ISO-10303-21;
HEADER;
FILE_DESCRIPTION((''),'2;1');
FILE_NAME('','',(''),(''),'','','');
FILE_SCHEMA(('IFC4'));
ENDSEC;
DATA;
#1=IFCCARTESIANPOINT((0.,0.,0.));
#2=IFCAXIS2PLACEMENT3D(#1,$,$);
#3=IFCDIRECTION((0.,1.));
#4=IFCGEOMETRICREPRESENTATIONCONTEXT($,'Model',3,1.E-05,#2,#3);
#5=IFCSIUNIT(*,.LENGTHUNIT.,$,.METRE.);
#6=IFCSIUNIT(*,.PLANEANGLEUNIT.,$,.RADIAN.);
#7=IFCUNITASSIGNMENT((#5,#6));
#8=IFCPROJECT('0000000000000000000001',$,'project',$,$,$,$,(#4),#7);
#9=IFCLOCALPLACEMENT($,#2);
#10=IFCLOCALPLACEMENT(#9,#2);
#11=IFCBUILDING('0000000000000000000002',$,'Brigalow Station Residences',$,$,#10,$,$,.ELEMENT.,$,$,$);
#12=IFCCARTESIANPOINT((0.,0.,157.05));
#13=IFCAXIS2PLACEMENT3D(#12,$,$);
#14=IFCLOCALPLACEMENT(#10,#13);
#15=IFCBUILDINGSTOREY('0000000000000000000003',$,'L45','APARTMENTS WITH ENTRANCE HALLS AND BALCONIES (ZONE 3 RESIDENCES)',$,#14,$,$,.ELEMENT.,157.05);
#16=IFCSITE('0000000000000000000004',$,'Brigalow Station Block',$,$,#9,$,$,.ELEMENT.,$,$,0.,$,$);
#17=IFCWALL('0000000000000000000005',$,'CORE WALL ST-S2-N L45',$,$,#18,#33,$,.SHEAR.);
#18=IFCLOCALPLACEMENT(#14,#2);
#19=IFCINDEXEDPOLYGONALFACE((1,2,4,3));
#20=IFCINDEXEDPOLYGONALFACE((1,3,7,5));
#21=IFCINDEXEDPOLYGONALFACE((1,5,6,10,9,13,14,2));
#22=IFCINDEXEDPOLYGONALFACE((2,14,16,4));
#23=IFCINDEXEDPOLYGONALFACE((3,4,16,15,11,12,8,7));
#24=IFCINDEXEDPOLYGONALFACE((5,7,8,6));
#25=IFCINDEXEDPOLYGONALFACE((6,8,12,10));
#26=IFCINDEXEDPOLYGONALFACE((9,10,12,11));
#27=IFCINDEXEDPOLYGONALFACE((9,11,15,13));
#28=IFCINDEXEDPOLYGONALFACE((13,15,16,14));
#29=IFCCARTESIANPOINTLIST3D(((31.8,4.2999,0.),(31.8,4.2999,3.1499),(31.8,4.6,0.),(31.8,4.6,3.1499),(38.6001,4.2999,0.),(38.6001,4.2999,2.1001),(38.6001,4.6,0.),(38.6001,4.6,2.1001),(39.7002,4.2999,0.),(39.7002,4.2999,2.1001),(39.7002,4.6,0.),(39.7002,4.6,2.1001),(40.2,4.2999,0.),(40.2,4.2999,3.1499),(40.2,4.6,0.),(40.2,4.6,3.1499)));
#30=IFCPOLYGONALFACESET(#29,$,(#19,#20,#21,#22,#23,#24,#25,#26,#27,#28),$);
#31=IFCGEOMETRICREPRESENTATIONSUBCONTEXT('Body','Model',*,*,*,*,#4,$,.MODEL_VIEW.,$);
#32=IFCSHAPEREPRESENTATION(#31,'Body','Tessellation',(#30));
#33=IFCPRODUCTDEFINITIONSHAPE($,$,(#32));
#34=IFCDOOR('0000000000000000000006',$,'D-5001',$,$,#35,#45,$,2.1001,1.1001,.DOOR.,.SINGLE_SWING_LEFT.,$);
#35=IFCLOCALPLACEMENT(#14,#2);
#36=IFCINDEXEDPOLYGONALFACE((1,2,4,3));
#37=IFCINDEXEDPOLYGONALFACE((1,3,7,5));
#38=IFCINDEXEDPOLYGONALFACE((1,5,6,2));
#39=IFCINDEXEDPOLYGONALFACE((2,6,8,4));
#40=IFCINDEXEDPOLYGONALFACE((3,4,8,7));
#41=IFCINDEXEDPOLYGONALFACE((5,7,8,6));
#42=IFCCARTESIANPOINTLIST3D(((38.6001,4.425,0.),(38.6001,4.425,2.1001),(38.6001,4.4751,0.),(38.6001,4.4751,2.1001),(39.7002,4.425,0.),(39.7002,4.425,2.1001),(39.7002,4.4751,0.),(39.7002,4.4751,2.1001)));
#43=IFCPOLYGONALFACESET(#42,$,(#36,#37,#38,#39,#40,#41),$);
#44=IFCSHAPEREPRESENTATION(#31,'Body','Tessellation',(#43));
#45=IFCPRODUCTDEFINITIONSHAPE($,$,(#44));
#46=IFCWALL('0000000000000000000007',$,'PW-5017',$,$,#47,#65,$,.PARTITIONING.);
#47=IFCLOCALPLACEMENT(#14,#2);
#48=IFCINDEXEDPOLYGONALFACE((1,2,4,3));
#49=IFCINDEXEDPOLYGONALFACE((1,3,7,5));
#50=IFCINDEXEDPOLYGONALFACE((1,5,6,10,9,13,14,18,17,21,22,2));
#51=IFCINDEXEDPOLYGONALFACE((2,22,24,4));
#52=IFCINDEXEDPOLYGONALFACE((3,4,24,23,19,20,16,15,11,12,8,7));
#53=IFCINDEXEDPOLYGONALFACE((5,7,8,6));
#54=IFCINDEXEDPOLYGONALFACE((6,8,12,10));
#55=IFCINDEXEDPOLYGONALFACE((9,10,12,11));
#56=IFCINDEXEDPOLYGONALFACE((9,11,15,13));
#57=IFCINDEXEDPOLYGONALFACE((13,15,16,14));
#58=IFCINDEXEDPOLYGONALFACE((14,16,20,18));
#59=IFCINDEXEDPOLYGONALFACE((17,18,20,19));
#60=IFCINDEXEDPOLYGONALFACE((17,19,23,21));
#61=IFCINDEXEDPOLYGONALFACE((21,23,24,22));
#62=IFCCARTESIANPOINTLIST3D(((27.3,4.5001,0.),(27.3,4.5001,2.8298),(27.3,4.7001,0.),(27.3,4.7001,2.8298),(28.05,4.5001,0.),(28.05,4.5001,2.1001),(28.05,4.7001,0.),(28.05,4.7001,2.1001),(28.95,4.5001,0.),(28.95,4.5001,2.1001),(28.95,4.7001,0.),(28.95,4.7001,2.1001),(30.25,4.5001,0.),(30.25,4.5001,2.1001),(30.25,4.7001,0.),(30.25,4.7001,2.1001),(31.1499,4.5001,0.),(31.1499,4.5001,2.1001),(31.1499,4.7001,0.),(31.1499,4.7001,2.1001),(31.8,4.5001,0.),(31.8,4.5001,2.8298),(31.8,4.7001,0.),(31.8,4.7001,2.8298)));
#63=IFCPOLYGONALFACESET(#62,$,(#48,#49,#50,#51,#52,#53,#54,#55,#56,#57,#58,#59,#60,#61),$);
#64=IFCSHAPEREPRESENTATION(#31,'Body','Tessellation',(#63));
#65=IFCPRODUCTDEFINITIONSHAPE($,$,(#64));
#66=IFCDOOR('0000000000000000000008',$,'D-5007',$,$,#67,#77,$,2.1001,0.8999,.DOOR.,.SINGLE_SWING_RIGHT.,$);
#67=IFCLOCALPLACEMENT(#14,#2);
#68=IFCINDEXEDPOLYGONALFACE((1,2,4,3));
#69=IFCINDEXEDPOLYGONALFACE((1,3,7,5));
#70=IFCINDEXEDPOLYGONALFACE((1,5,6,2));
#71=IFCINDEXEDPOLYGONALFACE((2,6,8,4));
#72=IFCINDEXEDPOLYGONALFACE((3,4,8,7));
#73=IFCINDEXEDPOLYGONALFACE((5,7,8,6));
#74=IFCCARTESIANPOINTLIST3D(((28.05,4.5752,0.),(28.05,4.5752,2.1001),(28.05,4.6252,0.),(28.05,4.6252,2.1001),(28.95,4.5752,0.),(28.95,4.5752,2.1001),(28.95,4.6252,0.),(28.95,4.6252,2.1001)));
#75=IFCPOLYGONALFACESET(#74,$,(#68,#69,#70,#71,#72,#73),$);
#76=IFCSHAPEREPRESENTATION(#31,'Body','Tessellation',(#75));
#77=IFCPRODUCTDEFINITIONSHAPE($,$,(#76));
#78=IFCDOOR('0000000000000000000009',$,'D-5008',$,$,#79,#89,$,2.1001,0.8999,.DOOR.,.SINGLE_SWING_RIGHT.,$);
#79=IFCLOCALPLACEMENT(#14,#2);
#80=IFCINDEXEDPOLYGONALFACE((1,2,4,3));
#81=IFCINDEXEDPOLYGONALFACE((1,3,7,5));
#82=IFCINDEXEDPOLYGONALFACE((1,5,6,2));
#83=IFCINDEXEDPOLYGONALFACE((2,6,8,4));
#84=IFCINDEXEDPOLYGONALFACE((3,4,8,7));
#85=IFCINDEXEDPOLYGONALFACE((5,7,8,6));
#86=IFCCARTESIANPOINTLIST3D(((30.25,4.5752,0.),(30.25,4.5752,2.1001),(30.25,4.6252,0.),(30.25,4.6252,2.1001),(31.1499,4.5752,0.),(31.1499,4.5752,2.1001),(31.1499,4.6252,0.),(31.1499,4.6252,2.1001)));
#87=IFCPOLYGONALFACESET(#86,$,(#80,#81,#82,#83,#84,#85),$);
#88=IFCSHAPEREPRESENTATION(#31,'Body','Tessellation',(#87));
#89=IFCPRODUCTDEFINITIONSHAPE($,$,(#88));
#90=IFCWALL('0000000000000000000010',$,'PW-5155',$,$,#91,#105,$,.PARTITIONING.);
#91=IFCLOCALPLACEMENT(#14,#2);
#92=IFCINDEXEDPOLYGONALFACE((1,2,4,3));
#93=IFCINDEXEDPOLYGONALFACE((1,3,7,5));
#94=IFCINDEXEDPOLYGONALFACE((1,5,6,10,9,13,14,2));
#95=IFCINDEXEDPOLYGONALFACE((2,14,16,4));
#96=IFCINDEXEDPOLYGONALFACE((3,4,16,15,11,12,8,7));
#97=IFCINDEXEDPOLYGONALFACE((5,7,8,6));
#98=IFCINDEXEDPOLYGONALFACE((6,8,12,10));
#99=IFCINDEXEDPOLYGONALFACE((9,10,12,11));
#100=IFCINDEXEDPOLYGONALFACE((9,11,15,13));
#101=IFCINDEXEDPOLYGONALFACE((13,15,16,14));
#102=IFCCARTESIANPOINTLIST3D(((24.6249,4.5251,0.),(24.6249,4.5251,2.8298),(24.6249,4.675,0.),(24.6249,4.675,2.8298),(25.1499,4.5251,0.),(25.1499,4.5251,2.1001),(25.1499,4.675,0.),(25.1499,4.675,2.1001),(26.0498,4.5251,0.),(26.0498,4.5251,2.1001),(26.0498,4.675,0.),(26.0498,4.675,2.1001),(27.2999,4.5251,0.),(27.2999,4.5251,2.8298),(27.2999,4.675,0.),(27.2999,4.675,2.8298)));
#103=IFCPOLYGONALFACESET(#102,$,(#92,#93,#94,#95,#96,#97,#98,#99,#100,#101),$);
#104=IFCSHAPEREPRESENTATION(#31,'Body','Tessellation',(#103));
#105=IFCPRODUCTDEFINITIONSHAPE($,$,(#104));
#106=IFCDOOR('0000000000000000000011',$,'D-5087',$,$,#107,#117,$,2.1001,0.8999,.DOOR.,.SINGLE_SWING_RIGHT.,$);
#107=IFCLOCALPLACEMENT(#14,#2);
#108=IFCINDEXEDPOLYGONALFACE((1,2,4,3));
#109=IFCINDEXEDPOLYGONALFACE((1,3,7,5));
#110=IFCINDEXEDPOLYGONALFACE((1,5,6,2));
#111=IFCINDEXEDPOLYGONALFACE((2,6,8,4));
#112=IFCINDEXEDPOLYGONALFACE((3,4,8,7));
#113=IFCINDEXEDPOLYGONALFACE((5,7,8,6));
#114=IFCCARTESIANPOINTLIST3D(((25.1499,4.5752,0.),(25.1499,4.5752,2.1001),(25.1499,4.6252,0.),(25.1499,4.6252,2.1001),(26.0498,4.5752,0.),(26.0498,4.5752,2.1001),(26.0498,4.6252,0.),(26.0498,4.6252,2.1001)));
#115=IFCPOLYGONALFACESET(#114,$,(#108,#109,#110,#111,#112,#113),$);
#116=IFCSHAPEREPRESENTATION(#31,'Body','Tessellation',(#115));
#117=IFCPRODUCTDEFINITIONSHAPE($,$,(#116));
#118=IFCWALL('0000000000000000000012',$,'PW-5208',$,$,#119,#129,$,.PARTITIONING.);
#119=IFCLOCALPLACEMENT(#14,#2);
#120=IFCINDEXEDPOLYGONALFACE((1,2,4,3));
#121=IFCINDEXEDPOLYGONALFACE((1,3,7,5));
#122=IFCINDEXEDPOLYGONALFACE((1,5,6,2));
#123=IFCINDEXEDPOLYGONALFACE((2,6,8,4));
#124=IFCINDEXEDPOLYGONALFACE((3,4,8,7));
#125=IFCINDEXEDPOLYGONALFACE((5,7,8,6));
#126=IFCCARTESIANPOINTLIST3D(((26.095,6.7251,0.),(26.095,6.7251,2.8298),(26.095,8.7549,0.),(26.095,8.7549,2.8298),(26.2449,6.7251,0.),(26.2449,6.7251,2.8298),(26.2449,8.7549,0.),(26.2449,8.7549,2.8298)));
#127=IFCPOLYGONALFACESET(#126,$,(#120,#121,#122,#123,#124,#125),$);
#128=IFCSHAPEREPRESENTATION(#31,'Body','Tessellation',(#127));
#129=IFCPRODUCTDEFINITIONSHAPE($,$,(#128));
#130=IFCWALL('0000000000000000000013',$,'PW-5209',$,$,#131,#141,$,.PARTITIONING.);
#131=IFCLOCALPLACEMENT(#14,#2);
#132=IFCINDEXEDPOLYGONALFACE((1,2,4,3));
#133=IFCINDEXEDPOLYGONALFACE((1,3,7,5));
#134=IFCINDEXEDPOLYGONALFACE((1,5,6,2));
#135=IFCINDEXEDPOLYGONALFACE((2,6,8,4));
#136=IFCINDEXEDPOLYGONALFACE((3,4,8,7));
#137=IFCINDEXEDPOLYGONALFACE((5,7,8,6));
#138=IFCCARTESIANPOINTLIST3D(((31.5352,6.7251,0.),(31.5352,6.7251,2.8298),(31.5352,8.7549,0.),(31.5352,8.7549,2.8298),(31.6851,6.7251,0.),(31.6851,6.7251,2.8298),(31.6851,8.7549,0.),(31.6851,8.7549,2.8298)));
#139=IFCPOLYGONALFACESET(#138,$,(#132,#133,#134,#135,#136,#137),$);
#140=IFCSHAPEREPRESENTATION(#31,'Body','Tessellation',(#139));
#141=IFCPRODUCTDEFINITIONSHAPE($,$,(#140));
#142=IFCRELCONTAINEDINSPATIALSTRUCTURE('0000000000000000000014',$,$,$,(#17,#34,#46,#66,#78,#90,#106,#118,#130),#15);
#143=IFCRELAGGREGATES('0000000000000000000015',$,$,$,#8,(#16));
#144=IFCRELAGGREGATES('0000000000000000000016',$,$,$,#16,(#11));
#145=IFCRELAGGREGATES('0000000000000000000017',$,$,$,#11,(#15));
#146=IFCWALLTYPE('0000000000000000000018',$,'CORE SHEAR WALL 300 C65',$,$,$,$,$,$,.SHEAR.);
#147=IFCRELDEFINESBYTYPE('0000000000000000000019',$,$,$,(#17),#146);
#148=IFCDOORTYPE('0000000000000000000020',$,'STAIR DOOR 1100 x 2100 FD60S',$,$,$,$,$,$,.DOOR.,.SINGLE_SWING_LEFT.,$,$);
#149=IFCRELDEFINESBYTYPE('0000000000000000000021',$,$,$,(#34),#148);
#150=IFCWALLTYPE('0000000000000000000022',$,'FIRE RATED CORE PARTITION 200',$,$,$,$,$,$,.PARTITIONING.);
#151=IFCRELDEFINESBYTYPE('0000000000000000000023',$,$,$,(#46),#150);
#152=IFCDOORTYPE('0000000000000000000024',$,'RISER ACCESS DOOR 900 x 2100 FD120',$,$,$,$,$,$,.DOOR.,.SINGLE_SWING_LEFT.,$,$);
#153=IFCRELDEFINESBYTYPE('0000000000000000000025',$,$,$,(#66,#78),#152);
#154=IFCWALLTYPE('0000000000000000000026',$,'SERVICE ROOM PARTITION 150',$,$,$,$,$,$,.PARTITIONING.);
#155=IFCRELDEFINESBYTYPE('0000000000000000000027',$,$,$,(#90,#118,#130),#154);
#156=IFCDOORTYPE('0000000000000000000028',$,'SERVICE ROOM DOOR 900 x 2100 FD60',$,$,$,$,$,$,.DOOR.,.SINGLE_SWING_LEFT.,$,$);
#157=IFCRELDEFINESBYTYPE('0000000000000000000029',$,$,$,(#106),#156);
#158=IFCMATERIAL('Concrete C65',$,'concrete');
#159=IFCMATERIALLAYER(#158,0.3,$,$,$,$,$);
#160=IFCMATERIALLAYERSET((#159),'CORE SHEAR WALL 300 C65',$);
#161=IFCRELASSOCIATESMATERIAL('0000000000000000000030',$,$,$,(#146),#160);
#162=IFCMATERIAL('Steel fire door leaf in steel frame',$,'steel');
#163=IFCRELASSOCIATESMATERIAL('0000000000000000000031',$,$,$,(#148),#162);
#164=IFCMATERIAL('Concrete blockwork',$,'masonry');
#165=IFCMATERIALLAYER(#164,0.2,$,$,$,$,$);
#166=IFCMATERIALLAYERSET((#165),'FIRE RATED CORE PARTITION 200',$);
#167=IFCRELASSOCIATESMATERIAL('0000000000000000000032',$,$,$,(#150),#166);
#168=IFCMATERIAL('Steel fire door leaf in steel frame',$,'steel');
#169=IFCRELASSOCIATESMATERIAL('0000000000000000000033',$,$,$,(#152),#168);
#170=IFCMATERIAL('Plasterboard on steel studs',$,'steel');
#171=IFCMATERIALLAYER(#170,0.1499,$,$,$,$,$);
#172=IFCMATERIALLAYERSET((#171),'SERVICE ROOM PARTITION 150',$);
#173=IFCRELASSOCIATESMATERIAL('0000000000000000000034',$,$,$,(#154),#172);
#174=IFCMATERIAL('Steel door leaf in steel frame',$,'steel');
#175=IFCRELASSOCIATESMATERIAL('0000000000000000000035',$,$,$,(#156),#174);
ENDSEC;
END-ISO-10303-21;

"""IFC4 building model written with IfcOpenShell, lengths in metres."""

from ifc_helpers import new_model, si_unit, direction, frame, frame_2d, origin, place, context, subcontext, project, spatial, rectangle, extrude, material, layer, layer_set, type_object, element, fill, save


model = new_model("IFC4")

# Units and contexts
model_context = context("Model", 3, precision=1e-05, world=origin(), true_north=direction((0.0, 1.0)))
body_context = subcontext(model_context, "Body", "Model", "MODEL_VIEW")
ifc_project = project(units=[si_unit("LENGTHUNIT", "METRE"), si_unit("PLANEANGLEUNIT", "RADIAN")], contexts=[model_context])

# Site, building, storey
site_placement = place(None, origin())
site = spatial("IfcSite", under=ifc_project, at=site_placement, Name="Brigalow Station Block", CompositionType="ELEMENT", RefElevation=0.0)
building_placement = place(site_placement, origin())
building = spatial("IfcBuilding", under=site, at=building_placement, Name="Brigalow Station Residences", CompositionType="ELEMENT")
storey_placement = place(building_placement, frame((0.0, 0.0, 157.05)))
storey = spatial("IfcBuildingStorey", under=building, at=storey_placement, Name="L45", Description="APARTMENTS WITH ENTRANCE HALLS AND BALCONIES (ZONE 3 RESIDENCES)", CompositionType="ELEMENT", Elevation=157.05)

# Wall, opening, door
ifc_material_1 = material(Name="Concrete C65", Category="concrete")
ifc_layer_1 = layer(ifc_material_1, 0.3)
ifc_layer_set_1 = layer_set([ifc_layer_1], Name="CORE SHEAR WALL 300 C65")
wall_type_1 = type_object("IfcWallType", Name="CORE SHEAR WALL 300 C65", PredefinedType="SHEAR", material=ifc_layer_set_1)
wall_1_placement = place(storey_placement, frame((31.8, 4.45, 0.0), z_axis=(0.0, 0.0, 1.0), x_axis=(1.0, 0.0, 0.0)))
wall_1 = element("IfcWall", 1, at=wall_1_placement, inside=storey, type_object=wall_type_1, Name="CORE WALL ST-S2-N L45", PredefinedType="SHEAR", context=body_context, shape_type="SweptSolid", body=[
    extrude(rectangle(XDim=8.3999, YDim=0.3, at=frame_2d((4.2, 0.0))), origin(), (0.0, 0.0, 1.0), 3.1499),
])
opening_1_placement = place(wall_1_placement, frame((6.8, 0.0, 0.0)))
opening_1 = element("IfcOpeningElement", 2, at=opening_1_placement, cuts=wall_1, PredefinedType="OPENING", context=body_context, shape_type="SweptSolid", body=[
    extrude(rectangle(XDim=1.1001, YDim=2.1001, at=frame_2d((0.55, 1.05))), frame((0.0, 0.1602, 0.0), z_axis=(0.0, -1.0, 0.0), x_axis=(1.0, 0.0, 0.0)), (0.0, 0.0, 1.0), 0.3201),
])
ifc_material_2 = material(Name="Steel fire door leaf in steel frame", Category="steel")
door_type_1 = type_object("IfcDoorType", Name="STAIR DOOR 1100 x 2100 FD60S", OperationType="SINGLE_SWING_LEFT", PredefinedType="DOOR", material=ifc_material_2)
door_1_placement = place(opening_1_placement, frame((1.1001, 0.0, 0.0), z_axis=(0.0, 0.0, 1.0), x_axis=(-1.0, 0.0, 0.0)))
door_1 = element("IfcDoor", 3, at=door_1_placement, inside=storey, type_object=door_type_1, Name="D-5001", OperationType="SINGLE_SWING_LEFT", OverallHeight=2.1001, OverallWidth=1.1001, PredefinedType="DOOR", context=body_context, shape_type="SweptSolid", body=[
    extrude(rectangle(XDim=1.1001, YDim=2.1001, at=frame_2d((0.55, 1.05))), frame((0.0, 0.0249, 0.0), z_axis=(0.0, -1.0, 0.0), x_axis=(1.0, 0.0, 0.0)), (0.0, 0.0, 1.0), 0.05),
])
fill(opening_1, door_1)

# Wall, openings, doors
ifc_material_3 = material(Name="Concrete blockwork", Category="masonry")
ifc_layer_2 = layer(ifc_material_3, 0.2)
ifc_layer_set_2 = layer_set([ifc_layer_2], Name="FIRE RATED CORE PARTITION 200")
wall_type_2 = type_object("IfcWallType", Name="FIRE RATED CORE PARTITION 200", PredefinedType="PARTITIONING", material=ifc_layer_set_2)
wall_2_placement = place(storey_placement, frame((27.3, 4.6001, 0.0), z_axis=(0.0, 0.0, 1.0), x_axis=(1.0, 0.0, 0.0)))
wall_2 = element("IfcWall", 4, at=wall_2_placement, inside=storey, type_object=wall_type_2, Name="PW-5017", PredefinedType="PARTITIONING", context=body_context, shape_type="SweptSolid", body=[
    extrude(rectangle(XDim=4.5, YDim=0.2, at=frame_2d((2.25, 0.0))), origin(), (0.0, 0.0, 1.0), 2.8298),
])
opening_2_placement = place(wall_2_placement, frame((0.75, 0.0, 0.0)))
opening_2 = element("IfcOpeningElement", 5, at=opening_2_placement, cuts=wall_2, PredefinedType="OPENING", context=body_context, shape_type="SweptSolid", body=[
    extrude(rectangle(XDim=0.8999, YDim=2.1001, at=frame_2d((0.45, 1.05))), frame((0.0, 0.1099, 0.0), z_axis=(0.0, -1.0, 0.0), x_axis=(1.0, 0.0, 0.0)), (0.0, 0.0, 1.0), 0.22),
])
opening_3_placement = place(wall_2_placement, frame((2.95, 0.0, 0.0)))
opening_3 = element("IfcOpeningElement", 6, at=opening_3_placement, cuts=wall_2, PredefinedType="OPENING", context=body_context, shape_type="SweptSolid", body=[
    extrude(rectangle(XDim=0.8999, YDim=2.1001, at=frame_2d((0.45, 1.05))), frame((0.0, 0.1099, 0.0), z_axis=(0.0, -1.0, 0.0), x_axis=(1.0, 0.0, 0.0)), (0.0, 0.0, 1.0), 0.22),
])
ifc_material_4 = material(Name="Steel fire door leaf in steel frame", Category="steel")
door_type_2 = type_object("IfcDoorType", Name="RISER ACCESS DOOR 900 x 2100 FD120", OperationType="SINGLE_SWING_LEFT", PredefinedType="DOOR", material=ifc_material_4)
door_2_placement = place(opening_2_placement, frame((0.8999, 0.0, 0.0), z_axis=(0.0, 0.0, 1.0), x_axis=(-1.0, 0.0, 0.0)))
door_2 = element("IfcDoor", 7, at=door_2_placement, inside=storey, type_object=door_type_2, Name="D-5007", OperationType="SINGLE_SWING_RIGHT", OverallHeight=2.1001, OverallWidth=0.8999, PredefinedType="DOOR", context=body_context, shape_type="SweptSolid", body=[
    extrude(rectangle(XDim=0.8999, YDim=2.1001, at=frame_2d((0.45, 1.05))), frame((0.0, 0.0249, 0.0), z_axis=(0.0, -1.0, 0.0), x_axis=(1.0, 0.0, 0.0)), (0.0, 0.0, 1.0), 0.05),
])
fill(opening_2, door_2)
door_3_placement = place(opening_3_placement, frame((0.8999, 0.0, 0.0), z_axis=(0.0, 0.0, 1.0), x_axis=(-1.0, 0.0, 0.0)))
door_3 = element("IfcDoor", 8, at=door_3_placement, inside=storey, type_object=door_type_2, Name="D-5008", OperationType="SINGLE_SWING_RIGHT", OverallHeight=2.1001, OverallWidth=0.8999, PredefinedType="DOOR", context=body_context, shape_type="SweptSolid", body=[
    extrude(rectangle(XDim=0.8999, YDim=2.1001, at=frame_2d((0.45, 1.05))), frame((0.0, 0.0249, 0.0), z_axis=(0.0, -1.0, 0.0), x_axis=(1.0, 0.0, 0.0)), (0.0, 0.0, 1.0), 0.05),
])
fill(opening_3, door_3)

# Wall, opening, door
ifc_material_5 = material(Name="Plasterboard on steel studs", Category="steel")
ifc_layer_3 = layer(ifc_material_5, 0.1499)
ifc_layer_set_3 = layer_set([ifc_layer_3], Name="SERVICE ROOM PARTITION 150")
wall_type_3 = type_object("IfcWallType", Name="SERVICE ROOM PARTITION 150", PredefinedType="PARTITIONING", material=ifc_layer_set_3)
wall_3_placement = place(storey_placement, frame((24.625, 4.6001, 0.0), z_axis=(0.0, 0.0, 1.0), x_axis=(1.0, 0.0, 0.0)))
wall_3 = element("IfcWall", 9, at=wall_3_placement, inside=storey, type_object=wall_type_3, Name="PW-5155", PredefinedType="PARTITIONING", context=body_context, shape_type="SweptSolid", body=[
    extrude(rectangle(XDim=2.675, YDim=0.1499, at=frame_2d((1.3374, 0.0))), origin(), (0.0, 0.0, 1.0), 2.8298),
])
opening_4_placement = place(wall_3_placement, frame((0.5249, 0.0, 0.0)))
opening_4 = element("IfcOpeningElement", 10, at=opening_4_placement, cuts=wall_3, PredefinedType="OPENING", context=body_context, shape_type="SweptSolid", body=[
    extrude(rectangle(XDim=0.8999, YDim=2.1001, at=frame_2d((0.45, 1.05))), frame((0.0, 0.085, 0.0), z_axis=(0.0, -1.0, 0.0), x_axis=(1.0, 0.0, 0.0)), (0.0, 0.0, 1.0), 0.1699),
])
ifc_material_6 = material(Name="Steel door leaf in steel frame", Category="steel")
door_type_3 = type_object("IfcDoorType", Name="SERVICE ROOM DOOR 900 x 2100 FD60", OperationType="SINGLE_SWING_LEFT", PredefinedType="DOOR", material=ifc_material_6)
door_4_placement = place(opening_4_placement, frame((0.8999, 0.0, 0.0), z_axis=(0.0, 0.0, 1.0), x_axis=(-1.0, 0.0, 0.0)))
door_4 = element("IfcDoor", 11, at=door_4_placement, inside=storey, type_object=door_type_3, Name="D-5087", OperationType="SINGLE_SWING_RIGHT", OverallHeight=2.1001, OverallWidth=0.8999, PredefinedType="DOOR", context=body_context, shape_type="SweptSolid", body=[
    extrude(rectangle(XDim=0.8999, YDim=2.1001, at=frame_2d((0.45, 1.05))), frame((0.0, 0.0249, 0.0), z_axis=(0.0, -1.0, 0.0), x_axis=(1.0, 0.0, 0.0)), (0.0, 0.0, 1.0), 0.05),
])
fill(opening_4, door_4)

# Walls
for number, where, z_axis, x_axis, name in (
    (12, (26.1699, 6.7251, 0.0), (0.0, 0.0, 1.0), (0.0, 1.0, 0.0), "PW-5208"),
    (13, (31.6101, 6.7251, 0.0), (0.0, 0.0, 1.0), (0.0, 1.0, 0.0), "PW-5209"),
):
    element("IfcWall", number, at=place(storey_placement, frame(where, z_axis=z_axis, x_axis=x_axis)), inside=storey, type_object=wall_type_3, Name=name, PredefinedType="PARTITIONING", context=body_context, shape_type="SweptSolid", body=[
        extrude(rectangle(XDim=2.0298, YDim=0.1499, at=frame_2d((1.0149, 0.0))), origin(), (0.0, 0.0, 1.0), 2.8298),
    ])

save(model, "model.ifc")
